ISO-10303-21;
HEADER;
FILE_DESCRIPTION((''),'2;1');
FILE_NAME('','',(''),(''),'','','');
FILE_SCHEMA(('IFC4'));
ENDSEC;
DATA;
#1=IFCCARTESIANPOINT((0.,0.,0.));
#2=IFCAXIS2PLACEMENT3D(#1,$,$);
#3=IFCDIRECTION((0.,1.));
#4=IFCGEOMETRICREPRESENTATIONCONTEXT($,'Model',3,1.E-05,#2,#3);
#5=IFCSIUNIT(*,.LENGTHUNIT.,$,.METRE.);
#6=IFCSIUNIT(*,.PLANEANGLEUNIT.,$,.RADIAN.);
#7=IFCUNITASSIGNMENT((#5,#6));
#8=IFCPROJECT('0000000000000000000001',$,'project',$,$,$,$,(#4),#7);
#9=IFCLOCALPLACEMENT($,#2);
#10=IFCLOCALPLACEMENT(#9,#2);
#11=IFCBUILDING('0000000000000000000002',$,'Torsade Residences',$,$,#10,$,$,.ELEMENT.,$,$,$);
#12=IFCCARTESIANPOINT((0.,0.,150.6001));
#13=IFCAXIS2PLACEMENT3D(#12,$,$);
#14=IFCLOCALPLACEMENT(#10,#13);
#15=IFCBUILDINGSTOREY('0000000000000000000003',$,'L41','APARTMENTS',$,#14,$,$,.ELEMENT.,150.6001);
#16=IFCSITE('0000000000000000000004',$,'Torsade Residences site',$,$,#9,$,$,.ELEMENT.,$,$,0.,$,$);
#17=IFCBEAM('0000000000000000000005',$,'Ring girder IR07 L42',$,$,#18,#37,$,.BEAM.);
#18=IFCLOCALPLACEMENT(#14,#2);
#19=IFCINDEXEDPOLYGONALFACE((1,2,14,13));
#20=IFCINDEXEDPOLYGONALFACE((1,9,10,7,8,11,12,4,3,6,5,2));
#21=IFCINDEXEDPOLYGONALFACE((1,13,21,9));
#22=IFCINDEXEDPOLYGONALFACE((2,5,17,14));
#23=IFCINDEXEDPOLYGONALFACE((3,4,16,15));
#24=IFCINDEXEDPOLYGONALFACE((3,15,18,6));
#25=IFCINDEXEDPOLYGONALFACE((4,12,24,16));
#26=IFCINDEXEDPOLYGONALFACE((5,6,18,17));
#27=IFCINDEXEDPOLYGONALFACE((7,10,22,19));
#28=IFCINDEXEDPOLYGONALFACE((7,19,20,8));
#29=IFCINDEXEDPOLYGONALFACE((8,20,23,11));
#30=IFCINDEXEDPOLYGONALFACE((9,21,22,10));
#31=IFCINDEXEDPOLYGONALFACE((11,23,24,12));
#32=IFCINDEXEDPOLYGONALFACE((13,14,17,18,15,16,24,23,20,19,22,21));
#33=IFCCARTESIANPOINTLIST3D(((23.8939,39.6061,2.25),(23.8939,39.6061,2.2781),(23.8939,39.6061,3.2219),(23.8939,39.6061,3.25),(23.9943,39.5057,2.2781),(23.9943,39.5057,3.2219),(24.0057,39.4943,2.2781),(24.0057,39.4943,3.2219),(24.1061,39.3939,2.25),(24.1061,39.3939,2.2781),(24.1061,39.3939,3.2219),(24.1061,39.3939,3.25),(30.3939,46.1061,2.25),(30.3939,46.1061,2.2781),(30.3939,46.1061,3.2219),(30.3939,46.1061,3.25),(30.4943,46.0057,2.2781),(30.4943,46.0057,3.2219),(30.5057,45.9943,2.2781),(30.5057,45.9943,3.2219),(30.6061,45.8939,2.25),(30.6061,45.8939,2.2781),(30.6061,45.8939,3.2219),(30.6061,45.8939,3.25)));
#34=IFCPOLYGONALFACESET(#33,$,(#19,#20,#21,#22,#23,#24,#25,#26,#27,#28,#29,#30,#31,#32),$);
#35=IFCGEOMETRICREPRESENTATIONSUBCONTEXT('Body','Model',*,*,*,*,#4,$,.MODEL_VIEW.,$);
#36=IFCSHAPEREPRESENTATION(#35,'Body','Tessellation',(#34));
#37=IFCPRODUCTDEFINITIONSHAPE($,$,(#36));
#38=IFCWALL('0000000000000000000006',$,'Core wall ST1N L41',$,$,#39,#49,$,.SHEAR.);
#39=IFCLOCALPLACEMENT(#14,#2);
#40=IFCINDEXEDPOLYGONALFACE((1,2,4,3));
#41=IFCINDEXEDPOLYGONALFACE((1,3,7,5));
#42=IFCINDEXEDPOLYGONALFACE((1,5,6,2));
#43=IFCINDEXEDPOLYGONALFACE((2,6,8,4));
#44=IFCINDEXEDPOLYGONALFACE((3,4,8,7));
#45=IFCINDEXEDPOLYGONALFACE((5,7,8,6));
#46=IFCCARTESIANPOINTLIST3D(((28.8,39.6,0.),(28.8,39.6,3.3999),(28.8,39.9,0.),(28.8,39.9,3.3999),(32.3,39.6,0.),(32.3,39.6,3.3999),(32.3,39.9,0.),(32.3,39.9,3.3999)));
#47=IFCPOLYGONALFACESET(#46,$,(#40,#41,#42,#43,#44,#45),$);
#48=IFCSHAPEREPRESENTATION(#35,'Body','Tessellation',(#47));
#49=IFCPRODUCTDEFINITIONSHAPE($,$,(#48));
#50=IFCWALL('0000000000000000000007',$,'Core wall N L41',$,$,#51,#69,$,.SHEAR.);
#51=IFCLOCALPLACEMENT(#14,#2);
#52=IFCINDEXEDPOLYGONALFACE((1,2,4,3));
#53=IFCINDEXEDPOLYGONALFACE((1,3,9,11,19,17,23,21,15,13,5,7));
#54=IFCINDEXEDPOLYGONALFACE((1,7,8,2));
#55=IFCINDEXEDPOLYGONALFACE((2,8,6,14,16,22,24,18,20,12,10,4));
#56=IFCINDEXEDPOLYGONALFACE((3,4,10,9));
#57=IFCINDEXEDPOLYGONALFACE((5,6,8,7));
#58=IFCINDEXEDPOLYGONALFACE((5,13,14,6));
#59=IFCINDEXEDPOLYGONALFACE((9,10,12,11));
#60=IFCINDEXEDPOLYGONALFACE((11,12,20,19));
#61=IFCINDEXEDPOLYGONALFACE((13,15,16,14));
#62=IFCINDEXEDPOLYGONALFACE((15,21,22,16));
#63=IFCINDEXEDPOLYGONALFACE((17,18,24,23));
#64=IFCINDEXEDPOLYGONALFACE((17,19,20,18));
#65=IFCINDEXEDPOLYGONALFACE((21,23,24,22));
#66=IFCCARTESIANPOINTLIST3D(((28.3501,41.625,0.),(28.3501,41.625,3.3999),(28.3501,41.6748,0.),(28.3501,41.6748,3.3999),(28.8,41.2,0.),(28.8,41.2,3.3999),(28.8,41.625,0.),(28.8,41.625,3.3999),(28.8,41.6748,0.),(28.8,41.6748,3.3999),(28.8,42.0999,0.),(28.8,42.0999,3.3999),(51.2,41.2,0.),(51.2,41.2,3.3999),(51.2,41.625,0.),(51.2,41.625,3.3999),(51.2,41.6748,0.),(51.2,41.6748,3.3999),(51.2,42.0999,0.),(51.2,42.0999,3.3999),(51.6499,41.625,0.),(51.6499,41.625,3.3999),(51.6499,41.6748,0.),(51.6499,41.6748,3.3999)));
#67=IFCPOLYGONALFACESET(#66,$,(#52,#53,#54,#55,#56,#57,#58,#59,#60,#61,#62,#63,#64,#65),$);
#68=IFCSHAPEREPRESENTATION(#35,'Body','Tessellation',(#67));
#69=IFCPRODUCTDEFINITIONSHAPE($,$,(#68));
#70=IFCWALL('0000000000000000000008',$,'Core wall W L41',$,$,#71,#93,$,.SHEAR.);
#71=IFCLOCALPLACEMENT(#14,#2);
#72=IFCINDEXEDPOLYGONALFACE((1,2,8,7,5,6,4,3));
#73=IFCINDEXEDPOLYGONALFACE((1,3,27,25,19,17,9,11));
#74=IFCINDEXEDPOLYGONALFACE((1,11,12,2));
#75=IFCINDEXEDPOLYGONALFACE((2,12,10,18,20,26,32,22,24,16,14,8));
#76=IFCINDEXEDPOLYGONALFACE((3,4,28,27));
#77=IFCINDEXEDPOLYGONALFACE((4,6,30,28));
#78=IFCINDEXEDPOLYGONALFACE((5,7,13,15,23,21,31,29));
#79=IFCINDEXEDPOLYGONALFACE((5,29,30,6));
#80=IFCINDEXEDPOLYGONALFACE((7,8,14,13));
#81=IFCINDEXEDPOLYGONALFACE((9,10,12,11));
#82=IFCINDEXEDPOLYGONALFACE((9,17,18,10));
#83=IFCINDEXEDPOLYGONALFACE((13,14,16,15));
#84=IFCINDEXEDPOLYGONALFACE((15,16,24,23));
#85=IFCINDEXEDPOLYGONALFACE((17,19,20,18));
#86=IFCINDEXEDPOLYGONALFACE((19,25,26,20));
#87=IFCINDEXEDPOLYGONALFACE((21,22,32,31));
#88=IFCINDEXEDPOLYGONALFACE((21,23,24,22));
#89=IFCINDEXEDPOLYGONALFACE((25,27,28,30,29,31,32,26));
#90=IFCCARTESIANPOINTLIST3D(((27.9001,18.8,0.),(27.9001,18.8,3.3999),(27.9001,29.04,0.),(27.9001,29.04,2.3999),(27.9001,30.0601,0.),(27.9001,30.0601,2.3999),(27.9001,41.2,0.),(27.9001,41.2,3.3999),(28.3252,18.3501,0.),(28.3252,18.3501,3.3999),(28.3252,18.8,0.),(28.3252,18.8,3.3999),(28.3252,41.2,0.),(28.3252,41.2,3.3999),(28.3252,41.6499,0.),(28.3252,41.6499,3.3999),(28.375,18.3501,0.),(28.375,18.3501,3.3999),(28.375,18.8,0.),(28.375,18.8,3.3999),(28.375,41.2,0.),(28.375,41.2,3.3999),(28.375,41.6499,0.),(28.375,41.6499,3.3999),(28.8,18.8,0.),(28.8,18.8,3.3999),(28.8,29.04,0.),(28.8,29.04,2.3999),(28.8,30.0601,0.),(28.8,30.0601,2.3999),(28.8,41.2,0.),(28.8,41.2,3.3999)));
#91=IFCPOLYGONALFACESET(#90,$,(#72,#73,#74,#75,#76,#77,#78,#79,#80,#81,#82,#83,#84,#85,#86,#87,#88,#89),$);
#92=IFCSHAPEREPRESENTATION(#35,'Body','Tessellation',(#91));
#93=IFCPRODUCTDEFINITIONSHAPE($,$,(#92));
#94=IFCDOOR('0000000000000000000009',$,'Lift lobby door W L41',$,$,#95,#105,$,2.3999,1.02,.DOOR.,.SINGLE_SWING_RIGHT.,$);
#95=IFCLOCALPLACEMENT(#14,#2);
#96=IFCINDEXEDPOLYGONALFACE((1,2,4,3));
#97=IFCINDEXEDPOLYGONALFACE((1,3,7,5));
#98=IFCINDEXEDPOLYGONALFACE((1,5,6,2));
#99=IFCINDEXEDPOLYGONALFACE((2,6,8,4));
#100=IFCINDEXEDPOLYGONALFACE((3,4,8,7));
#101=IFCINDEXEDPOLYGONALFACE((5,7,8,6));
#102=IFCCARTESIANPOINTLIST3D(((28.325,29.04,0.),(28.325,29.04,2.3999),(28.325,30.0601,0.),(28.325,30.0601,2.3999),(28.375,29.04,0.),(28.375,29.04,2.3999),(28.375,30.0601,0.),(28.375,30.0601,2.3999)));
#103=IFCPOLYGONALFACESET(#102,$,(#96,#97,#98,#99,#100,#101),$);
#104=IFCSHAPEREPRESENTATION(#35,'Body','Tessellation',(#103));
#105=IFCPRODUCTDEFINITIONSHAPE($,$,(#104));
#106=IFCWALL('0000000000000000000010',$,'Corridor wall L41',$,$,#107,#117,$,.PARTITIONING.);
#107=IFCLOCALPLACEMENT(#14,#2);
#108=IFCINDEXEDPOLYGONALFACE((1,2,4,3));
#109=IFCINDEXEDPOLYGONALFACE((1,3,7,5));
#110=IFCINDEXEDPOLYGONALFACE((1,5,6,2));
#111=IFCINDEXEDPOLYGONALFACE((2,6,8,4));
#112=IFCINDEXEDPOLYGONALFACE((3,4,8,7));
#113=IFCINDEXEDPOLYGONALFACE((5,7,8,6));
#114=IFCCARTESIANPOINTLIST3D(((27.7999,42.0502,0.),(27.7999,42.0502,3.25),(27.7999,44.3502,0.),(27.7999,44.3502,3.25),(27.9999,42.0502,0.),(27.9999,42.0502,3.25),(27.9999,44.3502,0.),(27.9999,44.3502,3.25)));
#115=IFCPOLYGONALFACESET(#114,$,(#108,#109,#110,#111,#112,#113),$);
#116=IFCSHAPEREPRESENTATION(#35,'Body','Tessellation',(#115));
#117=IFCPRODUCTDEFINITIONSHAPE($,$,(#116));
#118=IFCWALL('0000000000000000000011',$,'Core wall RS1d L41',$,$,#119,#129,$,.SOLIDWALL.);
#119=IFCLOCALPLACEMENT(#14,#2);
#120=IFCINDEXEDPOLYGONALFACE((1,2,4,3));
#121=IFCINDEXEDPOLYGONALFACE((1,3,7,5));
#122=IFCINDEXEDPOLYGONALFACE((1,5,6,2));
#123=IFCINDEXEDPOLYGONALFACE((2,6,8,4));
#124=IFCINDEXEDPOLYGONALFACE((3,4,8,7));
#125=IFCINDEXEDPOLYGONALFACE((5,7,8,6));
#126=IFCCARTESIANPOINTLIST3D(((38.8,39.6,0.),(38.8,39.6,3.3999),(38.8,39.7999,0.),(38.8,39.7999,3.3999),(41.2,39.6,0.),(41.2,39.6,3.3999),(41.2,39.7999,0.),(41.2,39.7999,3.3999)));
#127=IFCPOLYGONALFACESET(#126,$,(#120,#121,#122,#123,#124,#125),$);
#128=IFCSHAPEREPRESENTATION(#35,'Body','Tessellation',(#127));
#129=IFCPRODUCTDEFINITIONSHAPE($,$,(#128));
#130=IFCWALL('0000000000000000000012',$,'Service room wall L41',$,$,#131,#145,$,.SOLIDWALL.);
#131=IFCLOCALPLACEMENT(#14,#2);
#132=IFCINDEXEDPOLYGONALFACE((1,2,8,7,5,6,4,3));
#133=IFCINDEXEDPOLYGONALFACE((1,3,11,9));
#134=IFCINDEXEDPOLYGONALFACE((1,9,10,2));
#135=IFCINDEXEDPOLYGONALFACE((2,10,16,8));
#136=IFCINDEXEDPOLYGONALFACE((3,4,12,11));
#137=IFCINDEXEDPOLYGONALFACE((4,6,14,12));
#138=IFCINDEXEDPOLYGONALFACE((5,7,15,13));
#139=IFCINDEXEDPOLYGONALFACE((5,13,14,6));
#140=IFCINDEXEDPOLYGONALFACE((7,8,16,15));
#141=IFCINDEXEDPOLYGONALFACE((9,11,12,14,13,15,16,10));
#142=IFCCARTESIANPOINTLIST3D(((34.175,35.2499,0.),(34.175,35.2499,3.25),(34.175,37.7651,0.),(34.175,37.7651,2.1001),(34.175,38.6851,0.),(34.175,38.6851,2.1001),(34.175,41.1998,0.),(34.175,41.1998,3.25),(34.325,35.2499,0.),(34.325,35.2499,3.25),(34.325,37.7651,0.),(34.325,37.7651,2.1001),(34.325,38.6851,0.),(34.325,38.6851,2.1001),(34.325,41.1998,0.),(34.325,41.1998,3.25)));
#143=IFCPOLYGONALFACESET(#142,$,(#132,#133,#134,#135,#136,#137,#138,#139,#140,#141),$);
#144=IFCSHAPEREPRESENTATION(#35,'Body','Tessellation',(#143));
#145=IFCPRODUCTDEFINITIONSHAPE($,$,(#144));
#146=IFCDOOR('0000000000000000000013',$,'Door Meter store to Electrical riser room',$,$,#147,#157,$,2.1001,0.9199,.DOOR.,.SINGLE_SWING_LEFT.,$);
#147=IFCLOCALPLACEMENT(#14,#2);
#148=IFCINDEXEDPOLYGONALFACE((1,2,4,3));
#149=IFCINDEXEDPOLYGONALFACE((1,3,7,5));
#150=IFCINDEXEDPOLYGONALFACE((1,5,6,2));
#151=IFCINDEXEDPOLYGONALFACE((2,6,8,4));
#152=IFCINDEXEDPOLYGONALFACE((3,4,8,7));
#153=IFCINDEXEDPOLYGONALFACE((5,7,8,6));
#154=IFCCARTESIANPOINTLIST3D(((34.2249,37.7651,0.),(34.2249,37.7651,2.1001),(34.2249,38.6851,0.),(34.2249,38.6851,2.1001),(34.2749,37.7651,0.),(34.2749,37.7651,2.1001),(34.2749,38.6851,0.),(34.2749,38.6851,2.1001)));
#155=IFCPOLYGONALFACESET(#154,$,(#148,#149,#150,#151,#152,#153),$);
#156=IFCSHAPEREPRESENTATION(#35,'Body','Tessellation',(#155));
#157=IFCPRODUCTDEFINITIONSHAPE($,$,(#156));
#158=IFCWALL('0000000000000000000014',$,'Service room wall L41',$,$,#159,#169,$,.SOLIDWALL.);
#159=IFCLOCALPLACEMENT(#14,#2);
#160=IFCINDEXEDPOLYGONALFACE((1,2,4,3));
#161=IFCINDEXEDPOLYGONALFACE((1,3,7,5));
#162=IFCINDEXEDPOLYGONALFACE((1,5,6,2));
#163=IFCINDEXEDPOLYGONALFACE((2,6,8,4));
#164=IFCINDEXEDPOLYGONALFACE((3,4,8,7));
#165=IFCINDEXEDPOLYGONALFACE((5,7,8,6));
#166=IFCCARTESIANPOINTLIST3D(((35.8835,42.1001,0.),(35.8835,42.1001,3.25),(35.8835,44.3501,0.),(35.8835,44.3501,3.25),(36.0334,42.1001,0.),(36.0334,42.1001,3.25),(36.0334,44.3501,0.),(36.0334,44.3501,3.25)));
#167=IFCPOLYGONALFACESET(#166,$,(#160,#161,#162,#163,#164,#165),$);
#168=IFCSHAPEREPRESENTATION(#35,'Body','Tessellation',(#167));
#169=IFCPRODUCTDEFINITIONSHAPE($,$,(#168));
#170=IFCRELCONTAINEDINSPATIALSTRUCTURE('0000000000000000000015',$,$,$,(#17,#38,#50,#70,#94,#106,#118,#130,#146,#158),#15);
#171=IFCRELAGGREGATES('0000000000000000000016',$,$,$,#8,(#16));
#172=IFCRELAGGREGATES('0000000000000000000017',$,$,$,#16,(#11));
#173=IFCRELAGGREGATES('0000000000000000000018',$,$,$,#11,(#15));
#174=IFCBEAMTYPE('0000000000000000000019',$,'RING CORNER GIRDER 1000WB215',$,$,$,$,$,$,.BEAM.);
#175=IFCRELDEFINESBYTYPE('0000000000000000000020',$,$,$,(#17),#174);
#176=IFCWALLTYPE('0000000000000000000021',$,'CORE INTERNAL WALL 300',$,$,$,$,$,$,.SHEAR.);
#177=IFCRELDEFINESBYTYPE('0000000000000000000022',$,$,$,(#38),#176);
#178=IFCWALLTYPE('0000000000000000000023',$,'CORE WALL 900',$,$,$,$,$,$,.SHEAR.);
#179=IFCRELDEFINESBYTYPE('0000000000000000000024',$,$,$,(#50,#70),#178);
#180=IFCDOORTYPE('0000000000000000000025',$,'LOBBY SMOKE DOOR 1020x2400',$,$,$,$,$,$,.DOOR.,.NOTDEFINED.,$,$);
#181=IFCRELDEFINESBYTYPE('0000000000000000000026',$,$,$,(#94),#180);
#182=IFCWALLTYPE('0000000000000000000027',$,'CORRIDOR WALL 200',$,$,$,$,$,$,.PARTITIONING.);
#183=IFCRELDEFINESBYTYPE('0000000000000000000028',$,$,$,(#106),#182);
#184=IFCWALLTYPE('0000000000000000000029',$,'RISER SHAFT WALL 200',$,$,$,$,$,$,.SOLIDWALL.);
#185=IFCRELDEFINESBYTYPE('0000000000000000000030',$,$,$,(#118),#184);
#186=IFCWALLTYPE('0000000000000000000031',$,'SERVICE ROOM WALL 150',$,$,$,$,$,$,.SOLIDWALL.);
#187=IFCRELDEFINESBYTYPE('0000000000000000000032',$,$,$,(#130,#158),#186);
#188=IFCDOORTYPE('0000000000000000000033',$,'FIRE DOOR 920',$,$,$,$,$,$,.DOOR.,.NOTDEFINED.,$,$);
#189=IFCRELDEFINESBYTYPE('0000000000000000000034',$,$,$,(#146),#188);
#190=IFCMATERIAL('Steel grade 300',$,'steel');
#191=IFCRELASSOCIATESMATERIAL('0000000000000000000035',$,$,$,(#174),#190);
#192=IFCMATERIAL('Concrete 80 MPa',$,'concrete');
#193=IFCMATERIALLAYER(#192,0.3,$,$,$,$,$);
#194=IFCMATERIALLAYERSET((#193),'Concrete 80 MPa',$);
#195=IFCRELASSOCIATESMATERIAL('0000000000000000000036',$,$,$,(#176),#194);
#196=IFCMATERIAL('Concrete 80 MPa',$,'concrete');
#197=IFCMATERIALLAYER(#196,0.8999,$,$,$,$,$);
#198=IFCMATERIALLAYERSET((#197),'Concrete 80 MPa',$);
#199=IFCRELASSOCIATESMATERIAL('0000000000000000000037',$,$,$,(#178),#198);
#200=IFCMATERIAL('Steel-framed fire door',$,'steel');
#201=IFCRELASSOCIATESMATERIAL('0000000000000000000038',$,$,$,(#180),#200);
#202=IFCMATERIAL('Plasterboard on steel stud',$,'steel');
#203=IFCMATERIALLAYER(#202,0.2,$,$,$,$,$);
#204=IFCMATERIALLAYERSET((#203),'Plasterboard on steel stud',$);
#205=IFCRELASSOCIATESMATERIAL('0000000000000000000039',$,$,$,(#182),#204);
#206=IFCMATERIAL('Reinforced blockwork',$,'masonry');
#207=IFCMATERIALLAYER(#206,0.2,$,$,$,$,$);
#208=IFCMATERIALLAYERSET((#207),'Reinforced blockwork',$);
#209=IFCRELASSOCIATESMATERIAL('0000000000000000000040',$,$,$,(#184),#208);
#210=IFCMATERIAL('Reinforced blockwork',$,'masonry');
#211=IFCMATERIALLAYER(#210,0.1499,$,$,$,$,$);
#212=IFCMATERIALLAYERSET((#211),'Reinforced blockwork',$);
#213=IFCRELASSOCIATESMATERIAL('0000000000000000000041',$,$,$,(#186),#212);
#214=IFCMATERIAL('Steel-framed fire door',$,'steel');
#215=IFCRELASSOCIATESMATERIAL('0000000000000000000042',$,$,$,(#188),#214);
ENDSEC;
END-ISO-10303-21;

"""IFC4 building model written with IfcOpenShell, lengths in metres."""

from ifc_helpers import new_model, si_unit, direction, frame, frame_2d, origin, origin_2d, place, context, subcontext, project, spatial, polyline, rectangle, i_section, outline, extrude, material, layer, layer_set, material_profile, profile_set, type_object, element, fill, save


model = new_model("IFC4")

# Units and contexts
model_context = context("Model", 3, precision=1e-05, world=origin(), true_north=direction((0.0, 1.0)))
body_context = subcontext(model_context, "Body", "Model", "MODEL_VIEW")
ifc_project = project(units=[si_unit("LENGTHUNIT", "METRE"), si_unit("PLANEANGLEUNIT", "RADIAN")], contexts=[model_context])

# Site, building, storey
site_placement = place(None, origin())
site = spatial("IfcSite", under=ifc_project, at=site_placement, Name="Torsade Residences site", CompositionType="ELEMENT", RefElevation=0.0)
building_placement = place(site_placement, origin())
building = spatial("IfcBuilding", under=site, at=building_placement, Name="Torsade Residences", CompositionType="ELEMENT")
storey_placement = place(building_placement, frame((0.0, 0.0, 150.6001)))
storey = spatial("IfcBuildingStorey", under=building, at=storey_placement, Name="L41", Description="APARTMENTS", CompositionType="ELEMENT", Elevation=150.6001)

# Beam
ifc_material_1 = material(Name="Steel grade 300", Category="steel")
ifc_material_profile_1 = material_profile(ifc_material_1, i_section(OverallWidth=0.3, OverallDepth=1.0, WebThickness=0.0161, FlangeThickness=0.0281, at=origin_2d()), Name="1000WB215")
ifc_profile_set_1 = profile_set([ifc_material_profile_1], Name="Steel grade 300")
beam_type_1 = type_object("IfcBeamType", Name="RING CORNER GIRDER 1000WB215", PredefinedType="BEAM", material=ifc_profile_set_1)
beam_1_placement = place(storey_placement, frame((30.5, 46.0, 2.75), z_axis=(-0.707107, -0.707107, 0.0), x_axis=(0.707107, -0.707107, 0.0)))
element("IfcBeam", 1, at=beam_1_placement, inside=storey, type_object=beam_type_1, Name="Ring girder IR07 L42", PredefinedType="BEAM", context=body_context, shape_type="SweptSolid", body=[
    extrude(i_section(OverallWidth=0.3, OverallDepth=1.0, WebThickness=0.0161, FlangeThickness=0.0281, at=origin_2d()), origin(), (0.0, 0.0, 1.0), 9.1924),
])

# Walls
ifc_material_2 = material(Name="Concrete 80 MPa", Category="concrete")
ifc_layer_1 = layer(ifc_material_2, 0.3)
ifc_layer_set_1 = layer_set([ifc_layer_1], Name="Concrete 80 MPa")
wall_type_1 = type_object("IfcWallType", Name="CORE INTERNAL WALL 300", PredefinedType="SHEAR", material=ifc_layer_set_1)
wall_1_placement = place(storey_placement, frame((28.8, 39.75, 0.0), z_axis=(0.0, 0.0, 1.0), x_axis=(1.0, 0.0, 0.0)))
element("IfcWall", 2, at=wall_1_placement, inside=storey, type_object=wall_type_1, Name="Core wall ST1N L41", PredefinedType="SHEAR", context=body_context, shape_type="SweptSolid", body=[
    extrude(rectangle(XDim=3.5, YDim=0.3, at=frame_2d((1.75, 0.0))), origin(), (0.0, 0.0, 1.0), 3.3999),
])
ifc_material_3 = material(Name="Concrete 80 MPa", Category="concrete")
ifc_layer_2 = layer(ifc_material_3, 0.8999)
ifc_layer_set_2 = layer_set([ifc_layer_2], Name="Concrete 80 MPa")
wall_type_2 = type_object("IfcWallType", Name="CORE WALL 900", PredefinedType="SHEAR", material=ifc_layer_set_2)
wall_2_placement = place(storey_placement, frame((28.8, 41.6499, 0.0), z_axis=(0.0, 0.0, 1.0), x_axis=(1.0, 0.0, 0.0)))
element("IfcWall", 3, at=wall_2_placement, inside=storey, type_object=wall_type_2, Name="Core wall N L41", PredefinedType="SHEAR", context=body_context, shape_type="SweptSolid", body=[
    extrude(outline(polyline([(0.0, -0.45), (22.3999, -0.45), (22.3999, -0.0249), (22.8499, -0.0249), (22.8499, 0.0249), (22.3999, 0.0249), (22.3999, 0.45), (0.0, 0.45), (0.0, 0.0249), (-0.45, 0.0249), (-0.45, -0.0249), (0.0, -0.0249), (0.0, -0.45)])), origin(), (0.0, 0.0, 1.0), 3.3999),
])

# Wall, opening, door
wall_3_placement = place(storey_placement, frame((28.3501, 41.2, 0.0), z_axis=(0.0, 0.0, 1.0), x_axis=(0.0, -1.0, 0.0)))
wall_3 = element("IfcWall", 4, at=wall_3_placement, inside=storey, type_object=wall_type_2, Name="Core wall W L41", PredefinedType="SHEAR", context=body_context, shape_type="SweptSolid", body=[
    extrude(outline(polyline([(0.0, -0.45), (22.3999, -0.45), (22.3999, -0.0249), (22.8499, -0.0249), (22.8499, 0.0249), (22.3999, 0.0249), (22.3999, 0.45), (0.0, 0.45), (0.0, 0.0249), (-0.45, 0.0249), (-0.45, -0.0249), (0.0, -0.0249), (0.0, -0.45)])), origin(), (0.0, 0.0, 1.0), 3.3999),
])
opening_1_placement = place(wall_3_placement, frame((11.1399, 0.0, 0.0)))
opening_1 = element("IfcOpeningElement", 5, at=opening_1_placement, cuts=wall_3, PredefinedType="OPENING", context=body_context, shape_type="SweptSolid", body=[
    extrude(rectangle(XDim=1.02, YDim=2.3999, at=frame_2d((0.51, 1.2))), frame((0.0, 0.46, 0.0), z_axis=(0.0, -1.0, 0.0), x_axis=(1.0, 0.0, 0.0)), (0.0, 0.0, 1.0), 0.9199),
])
ifc_material_4 = material(Name="Steel-framed fire door", Category="steel")
door_type_1 = type_object("IfcDoorType", Name="LOBBY SMOKE DOOR 1020x2400", OperationType="NOTDEFINED", PredefinedType="DOOR", material=ifc_material_4)
door_1_placement = place(opening_1_placement, origin())
door_1 = element("IfcDoor", 6, at=door_1_placement, inside=storey, type_object=door_type_1, Name="Lift lobby door W L41", OperationType="SINGLE_SWING_RIGHT", OverallHeight=2.3999, OverallWidth=1.02, PredefinedType="DOOR", context=body_context, shape_type="SweptSolid", body=[
    extrude(rectangle(XDim=1.02, YDim=2.3999, at=frame_2d((0.51, 1.2))), frame((0.0, 0.0249, 0.0), z_axis=(0.0, -1.0, 0.0), x_axis=(1.0, 0.0, 0.0)), (0.0, 0.0, 1.0), 0.05),
])
fill(opening_1, door_1)

# Walls
ifc_material_5 = material(Name="Plasterboard on steel stud", Category="steel")
ifc_layer_3 = layer(ifc_material_5, 0.2)
ifc_layer_set_3 = layer_set([ifc_layer_3], Name="Plasterboard on steel stud")
wall_type_3 = type_object("IfcWallType", Name="CORRIDOR WALL 200", PredefinedType="PARTITIONING", material=ifc_layer_set_3)
wall_4_placement = place(storey_placement, frame((27.8999, 44.3501, 0.0), z_axis=(0.0, 0.0, 1.0), x_axis=(0.0, -1.0, 0.0)))
element("IfcWall", 7, at=wall_4_placement, inside=storey, type_object=wall_type_3, Name="Corridor wall L41", PredefinedType="PARTITIONING", context=body_context, shape_type="SweptSolid", body=[
    extrude(rectangle(XDim=2.3, YDim=0.2, at=frame_2d((1.1499, 0.0))), origin(), (0.0, 0.0, 1.0), 3.25),
])
ifc_material_6 = material(Name="Reinforced blockwork", Category="masonry")
ifc_layer_4 = layer(ifc_material_6, 0.2)
ifc_layer_set_4 = layer_set([ifc_layer_4], Name="Reinforced blockwork")
wall_type_4 = type_object("IfcWallType", Name="RISER SHAFT WALL 200", PredefinedType="SOLIDWALL", material=ifc_layer_set_4)
wall_5_placement = place(storey_placement, frame((38.8, 39.7, 0.0), z_axis=(0.0, 0.0, 1.0), x_axis=(1.0, 0.0, 0.0)))
element("IfcWall", 8, at=wall_5_placement, inside=storey, type_object=wall_type_4, Name="Core wall RS1d L41", PredefinedType="SOLIDWALL", context=body_context, shape_type="SweptSolid", body=[
    extrude(rectangle(XDim=2.3999, YDim=0.2, at=frame_2d((1.2, 0.0))), origin(), (0.0, 0.0, 1.0), 3.3999),
])

# Wall, opening, door
ifc_material_7 = material(Name="Reinforced blockwork", Category="masonry")
ifc_layer_5 = layer(ifc_material_7, 0.1499)
ifc_layer_set_5 = layer_set([ifc_layer_5], Name="Reinforced blockwork")
wall_type_5 = type_object("IfcWallType", Name="SERVICE ROOM WALL 150", PredefinedType="SOLIDWALL", material=ifc_layer_set_5)
wall_6_placement = place(storey_placement, frame((34.25, 41.2, 0.0), z_axis=(0.0, 0.0, 1.0), x_axis=(0.0, -1.0, 0.0)))
wall_6 = element("IfcWall", 9, at=wall_6_placement, inside=storey, type_object=wall_type_5, Name="Service room wall L41", PredefinedType="SOLIDWALL", context=body_context, shape_type="SweptSolid", body=[
    extrude(rectangle(XDim=5.95, YDim=0.1499, at=frame_2d((2.9751, 0.0))), origin(), (0.0, 0.0, 1.0), 3.25),
])
opening_2_placement = place(wall_6_placement, frame((2.5149, 0.0, 0.0)))
opening_2 = element("IfcOpeningElement", 10, at=opening_2_placement, cuts=wall_6, PredefinedType="OPENING", context=body_context, shape_type="SweptSolid", body=[
    extrude(rectangle(XDim=0.9199, YDim=2.1001, at=frame_2d((0.46, 1.05))), frame((0.0, 0.085, 0.0), z_axis=(0.0, -1.0, 0.0), x_axis=(1.0, 0.0, 0.0)), (0.0, 0.0, 1.0), 0.1699),
])
ifc_material_8 = material(Name="Steel-framed fire door", Category="steel")
door_type_2 = type_object("IfcDoorType", Name="FIRE DOOR 920", OperationType="NOTDEFINED", PredefinedType="DOOR", material=ifc_material_8)
door_2_placement = place(opening_2_placement, origin())
door_2 = element("IfcDoor", 11, at=door_2_placement, inside=storey, type_object=door_type_2, Name="Door Meter store to Electrical riser room", OperationType="SINGLE_SWING_LEFT", OverallHeight=2.1001, OverallWidth=0.9199, PredefinedType="DOOR", context=body_context, shape_type="SweptSolid", body=[
    extrude(rectangle(XDim=0.9199, YDim=2.1001, at=frame_2d((0.46, 1.05))), frame((0.0, 0.0249, 0.0), z_axis=(0.0, -1.0, 0.0), x_axis=(1.0, 0.0, 0.0)), (0.0, 0.0, 1.0), 0.05),
])
fill(opening_2, door_2)

# Wall
wall_7_placement = place(storey_placement, frame((35.9585, 42.1001, 0.0), z_axis=(0.0, 0.0, 1.0), x_axis=(0.0, 1.0, 0.0)))
element("IfcWall", 12, at=wall_7_placement, inside=storey, type_object=wall_type_5, Name="Service room wall L41", PredefinedType="SOLIDWALL", context=body_context, shape_type="SweptSolid", body=[
    extrude(rectangle(XDim=2.25, YDim=0.1499, at=frame_2d((1.125, 0.0))), origin(), (0.0, 0.0, 1.0), 3.25),
])

save(model, "model.ifc")
